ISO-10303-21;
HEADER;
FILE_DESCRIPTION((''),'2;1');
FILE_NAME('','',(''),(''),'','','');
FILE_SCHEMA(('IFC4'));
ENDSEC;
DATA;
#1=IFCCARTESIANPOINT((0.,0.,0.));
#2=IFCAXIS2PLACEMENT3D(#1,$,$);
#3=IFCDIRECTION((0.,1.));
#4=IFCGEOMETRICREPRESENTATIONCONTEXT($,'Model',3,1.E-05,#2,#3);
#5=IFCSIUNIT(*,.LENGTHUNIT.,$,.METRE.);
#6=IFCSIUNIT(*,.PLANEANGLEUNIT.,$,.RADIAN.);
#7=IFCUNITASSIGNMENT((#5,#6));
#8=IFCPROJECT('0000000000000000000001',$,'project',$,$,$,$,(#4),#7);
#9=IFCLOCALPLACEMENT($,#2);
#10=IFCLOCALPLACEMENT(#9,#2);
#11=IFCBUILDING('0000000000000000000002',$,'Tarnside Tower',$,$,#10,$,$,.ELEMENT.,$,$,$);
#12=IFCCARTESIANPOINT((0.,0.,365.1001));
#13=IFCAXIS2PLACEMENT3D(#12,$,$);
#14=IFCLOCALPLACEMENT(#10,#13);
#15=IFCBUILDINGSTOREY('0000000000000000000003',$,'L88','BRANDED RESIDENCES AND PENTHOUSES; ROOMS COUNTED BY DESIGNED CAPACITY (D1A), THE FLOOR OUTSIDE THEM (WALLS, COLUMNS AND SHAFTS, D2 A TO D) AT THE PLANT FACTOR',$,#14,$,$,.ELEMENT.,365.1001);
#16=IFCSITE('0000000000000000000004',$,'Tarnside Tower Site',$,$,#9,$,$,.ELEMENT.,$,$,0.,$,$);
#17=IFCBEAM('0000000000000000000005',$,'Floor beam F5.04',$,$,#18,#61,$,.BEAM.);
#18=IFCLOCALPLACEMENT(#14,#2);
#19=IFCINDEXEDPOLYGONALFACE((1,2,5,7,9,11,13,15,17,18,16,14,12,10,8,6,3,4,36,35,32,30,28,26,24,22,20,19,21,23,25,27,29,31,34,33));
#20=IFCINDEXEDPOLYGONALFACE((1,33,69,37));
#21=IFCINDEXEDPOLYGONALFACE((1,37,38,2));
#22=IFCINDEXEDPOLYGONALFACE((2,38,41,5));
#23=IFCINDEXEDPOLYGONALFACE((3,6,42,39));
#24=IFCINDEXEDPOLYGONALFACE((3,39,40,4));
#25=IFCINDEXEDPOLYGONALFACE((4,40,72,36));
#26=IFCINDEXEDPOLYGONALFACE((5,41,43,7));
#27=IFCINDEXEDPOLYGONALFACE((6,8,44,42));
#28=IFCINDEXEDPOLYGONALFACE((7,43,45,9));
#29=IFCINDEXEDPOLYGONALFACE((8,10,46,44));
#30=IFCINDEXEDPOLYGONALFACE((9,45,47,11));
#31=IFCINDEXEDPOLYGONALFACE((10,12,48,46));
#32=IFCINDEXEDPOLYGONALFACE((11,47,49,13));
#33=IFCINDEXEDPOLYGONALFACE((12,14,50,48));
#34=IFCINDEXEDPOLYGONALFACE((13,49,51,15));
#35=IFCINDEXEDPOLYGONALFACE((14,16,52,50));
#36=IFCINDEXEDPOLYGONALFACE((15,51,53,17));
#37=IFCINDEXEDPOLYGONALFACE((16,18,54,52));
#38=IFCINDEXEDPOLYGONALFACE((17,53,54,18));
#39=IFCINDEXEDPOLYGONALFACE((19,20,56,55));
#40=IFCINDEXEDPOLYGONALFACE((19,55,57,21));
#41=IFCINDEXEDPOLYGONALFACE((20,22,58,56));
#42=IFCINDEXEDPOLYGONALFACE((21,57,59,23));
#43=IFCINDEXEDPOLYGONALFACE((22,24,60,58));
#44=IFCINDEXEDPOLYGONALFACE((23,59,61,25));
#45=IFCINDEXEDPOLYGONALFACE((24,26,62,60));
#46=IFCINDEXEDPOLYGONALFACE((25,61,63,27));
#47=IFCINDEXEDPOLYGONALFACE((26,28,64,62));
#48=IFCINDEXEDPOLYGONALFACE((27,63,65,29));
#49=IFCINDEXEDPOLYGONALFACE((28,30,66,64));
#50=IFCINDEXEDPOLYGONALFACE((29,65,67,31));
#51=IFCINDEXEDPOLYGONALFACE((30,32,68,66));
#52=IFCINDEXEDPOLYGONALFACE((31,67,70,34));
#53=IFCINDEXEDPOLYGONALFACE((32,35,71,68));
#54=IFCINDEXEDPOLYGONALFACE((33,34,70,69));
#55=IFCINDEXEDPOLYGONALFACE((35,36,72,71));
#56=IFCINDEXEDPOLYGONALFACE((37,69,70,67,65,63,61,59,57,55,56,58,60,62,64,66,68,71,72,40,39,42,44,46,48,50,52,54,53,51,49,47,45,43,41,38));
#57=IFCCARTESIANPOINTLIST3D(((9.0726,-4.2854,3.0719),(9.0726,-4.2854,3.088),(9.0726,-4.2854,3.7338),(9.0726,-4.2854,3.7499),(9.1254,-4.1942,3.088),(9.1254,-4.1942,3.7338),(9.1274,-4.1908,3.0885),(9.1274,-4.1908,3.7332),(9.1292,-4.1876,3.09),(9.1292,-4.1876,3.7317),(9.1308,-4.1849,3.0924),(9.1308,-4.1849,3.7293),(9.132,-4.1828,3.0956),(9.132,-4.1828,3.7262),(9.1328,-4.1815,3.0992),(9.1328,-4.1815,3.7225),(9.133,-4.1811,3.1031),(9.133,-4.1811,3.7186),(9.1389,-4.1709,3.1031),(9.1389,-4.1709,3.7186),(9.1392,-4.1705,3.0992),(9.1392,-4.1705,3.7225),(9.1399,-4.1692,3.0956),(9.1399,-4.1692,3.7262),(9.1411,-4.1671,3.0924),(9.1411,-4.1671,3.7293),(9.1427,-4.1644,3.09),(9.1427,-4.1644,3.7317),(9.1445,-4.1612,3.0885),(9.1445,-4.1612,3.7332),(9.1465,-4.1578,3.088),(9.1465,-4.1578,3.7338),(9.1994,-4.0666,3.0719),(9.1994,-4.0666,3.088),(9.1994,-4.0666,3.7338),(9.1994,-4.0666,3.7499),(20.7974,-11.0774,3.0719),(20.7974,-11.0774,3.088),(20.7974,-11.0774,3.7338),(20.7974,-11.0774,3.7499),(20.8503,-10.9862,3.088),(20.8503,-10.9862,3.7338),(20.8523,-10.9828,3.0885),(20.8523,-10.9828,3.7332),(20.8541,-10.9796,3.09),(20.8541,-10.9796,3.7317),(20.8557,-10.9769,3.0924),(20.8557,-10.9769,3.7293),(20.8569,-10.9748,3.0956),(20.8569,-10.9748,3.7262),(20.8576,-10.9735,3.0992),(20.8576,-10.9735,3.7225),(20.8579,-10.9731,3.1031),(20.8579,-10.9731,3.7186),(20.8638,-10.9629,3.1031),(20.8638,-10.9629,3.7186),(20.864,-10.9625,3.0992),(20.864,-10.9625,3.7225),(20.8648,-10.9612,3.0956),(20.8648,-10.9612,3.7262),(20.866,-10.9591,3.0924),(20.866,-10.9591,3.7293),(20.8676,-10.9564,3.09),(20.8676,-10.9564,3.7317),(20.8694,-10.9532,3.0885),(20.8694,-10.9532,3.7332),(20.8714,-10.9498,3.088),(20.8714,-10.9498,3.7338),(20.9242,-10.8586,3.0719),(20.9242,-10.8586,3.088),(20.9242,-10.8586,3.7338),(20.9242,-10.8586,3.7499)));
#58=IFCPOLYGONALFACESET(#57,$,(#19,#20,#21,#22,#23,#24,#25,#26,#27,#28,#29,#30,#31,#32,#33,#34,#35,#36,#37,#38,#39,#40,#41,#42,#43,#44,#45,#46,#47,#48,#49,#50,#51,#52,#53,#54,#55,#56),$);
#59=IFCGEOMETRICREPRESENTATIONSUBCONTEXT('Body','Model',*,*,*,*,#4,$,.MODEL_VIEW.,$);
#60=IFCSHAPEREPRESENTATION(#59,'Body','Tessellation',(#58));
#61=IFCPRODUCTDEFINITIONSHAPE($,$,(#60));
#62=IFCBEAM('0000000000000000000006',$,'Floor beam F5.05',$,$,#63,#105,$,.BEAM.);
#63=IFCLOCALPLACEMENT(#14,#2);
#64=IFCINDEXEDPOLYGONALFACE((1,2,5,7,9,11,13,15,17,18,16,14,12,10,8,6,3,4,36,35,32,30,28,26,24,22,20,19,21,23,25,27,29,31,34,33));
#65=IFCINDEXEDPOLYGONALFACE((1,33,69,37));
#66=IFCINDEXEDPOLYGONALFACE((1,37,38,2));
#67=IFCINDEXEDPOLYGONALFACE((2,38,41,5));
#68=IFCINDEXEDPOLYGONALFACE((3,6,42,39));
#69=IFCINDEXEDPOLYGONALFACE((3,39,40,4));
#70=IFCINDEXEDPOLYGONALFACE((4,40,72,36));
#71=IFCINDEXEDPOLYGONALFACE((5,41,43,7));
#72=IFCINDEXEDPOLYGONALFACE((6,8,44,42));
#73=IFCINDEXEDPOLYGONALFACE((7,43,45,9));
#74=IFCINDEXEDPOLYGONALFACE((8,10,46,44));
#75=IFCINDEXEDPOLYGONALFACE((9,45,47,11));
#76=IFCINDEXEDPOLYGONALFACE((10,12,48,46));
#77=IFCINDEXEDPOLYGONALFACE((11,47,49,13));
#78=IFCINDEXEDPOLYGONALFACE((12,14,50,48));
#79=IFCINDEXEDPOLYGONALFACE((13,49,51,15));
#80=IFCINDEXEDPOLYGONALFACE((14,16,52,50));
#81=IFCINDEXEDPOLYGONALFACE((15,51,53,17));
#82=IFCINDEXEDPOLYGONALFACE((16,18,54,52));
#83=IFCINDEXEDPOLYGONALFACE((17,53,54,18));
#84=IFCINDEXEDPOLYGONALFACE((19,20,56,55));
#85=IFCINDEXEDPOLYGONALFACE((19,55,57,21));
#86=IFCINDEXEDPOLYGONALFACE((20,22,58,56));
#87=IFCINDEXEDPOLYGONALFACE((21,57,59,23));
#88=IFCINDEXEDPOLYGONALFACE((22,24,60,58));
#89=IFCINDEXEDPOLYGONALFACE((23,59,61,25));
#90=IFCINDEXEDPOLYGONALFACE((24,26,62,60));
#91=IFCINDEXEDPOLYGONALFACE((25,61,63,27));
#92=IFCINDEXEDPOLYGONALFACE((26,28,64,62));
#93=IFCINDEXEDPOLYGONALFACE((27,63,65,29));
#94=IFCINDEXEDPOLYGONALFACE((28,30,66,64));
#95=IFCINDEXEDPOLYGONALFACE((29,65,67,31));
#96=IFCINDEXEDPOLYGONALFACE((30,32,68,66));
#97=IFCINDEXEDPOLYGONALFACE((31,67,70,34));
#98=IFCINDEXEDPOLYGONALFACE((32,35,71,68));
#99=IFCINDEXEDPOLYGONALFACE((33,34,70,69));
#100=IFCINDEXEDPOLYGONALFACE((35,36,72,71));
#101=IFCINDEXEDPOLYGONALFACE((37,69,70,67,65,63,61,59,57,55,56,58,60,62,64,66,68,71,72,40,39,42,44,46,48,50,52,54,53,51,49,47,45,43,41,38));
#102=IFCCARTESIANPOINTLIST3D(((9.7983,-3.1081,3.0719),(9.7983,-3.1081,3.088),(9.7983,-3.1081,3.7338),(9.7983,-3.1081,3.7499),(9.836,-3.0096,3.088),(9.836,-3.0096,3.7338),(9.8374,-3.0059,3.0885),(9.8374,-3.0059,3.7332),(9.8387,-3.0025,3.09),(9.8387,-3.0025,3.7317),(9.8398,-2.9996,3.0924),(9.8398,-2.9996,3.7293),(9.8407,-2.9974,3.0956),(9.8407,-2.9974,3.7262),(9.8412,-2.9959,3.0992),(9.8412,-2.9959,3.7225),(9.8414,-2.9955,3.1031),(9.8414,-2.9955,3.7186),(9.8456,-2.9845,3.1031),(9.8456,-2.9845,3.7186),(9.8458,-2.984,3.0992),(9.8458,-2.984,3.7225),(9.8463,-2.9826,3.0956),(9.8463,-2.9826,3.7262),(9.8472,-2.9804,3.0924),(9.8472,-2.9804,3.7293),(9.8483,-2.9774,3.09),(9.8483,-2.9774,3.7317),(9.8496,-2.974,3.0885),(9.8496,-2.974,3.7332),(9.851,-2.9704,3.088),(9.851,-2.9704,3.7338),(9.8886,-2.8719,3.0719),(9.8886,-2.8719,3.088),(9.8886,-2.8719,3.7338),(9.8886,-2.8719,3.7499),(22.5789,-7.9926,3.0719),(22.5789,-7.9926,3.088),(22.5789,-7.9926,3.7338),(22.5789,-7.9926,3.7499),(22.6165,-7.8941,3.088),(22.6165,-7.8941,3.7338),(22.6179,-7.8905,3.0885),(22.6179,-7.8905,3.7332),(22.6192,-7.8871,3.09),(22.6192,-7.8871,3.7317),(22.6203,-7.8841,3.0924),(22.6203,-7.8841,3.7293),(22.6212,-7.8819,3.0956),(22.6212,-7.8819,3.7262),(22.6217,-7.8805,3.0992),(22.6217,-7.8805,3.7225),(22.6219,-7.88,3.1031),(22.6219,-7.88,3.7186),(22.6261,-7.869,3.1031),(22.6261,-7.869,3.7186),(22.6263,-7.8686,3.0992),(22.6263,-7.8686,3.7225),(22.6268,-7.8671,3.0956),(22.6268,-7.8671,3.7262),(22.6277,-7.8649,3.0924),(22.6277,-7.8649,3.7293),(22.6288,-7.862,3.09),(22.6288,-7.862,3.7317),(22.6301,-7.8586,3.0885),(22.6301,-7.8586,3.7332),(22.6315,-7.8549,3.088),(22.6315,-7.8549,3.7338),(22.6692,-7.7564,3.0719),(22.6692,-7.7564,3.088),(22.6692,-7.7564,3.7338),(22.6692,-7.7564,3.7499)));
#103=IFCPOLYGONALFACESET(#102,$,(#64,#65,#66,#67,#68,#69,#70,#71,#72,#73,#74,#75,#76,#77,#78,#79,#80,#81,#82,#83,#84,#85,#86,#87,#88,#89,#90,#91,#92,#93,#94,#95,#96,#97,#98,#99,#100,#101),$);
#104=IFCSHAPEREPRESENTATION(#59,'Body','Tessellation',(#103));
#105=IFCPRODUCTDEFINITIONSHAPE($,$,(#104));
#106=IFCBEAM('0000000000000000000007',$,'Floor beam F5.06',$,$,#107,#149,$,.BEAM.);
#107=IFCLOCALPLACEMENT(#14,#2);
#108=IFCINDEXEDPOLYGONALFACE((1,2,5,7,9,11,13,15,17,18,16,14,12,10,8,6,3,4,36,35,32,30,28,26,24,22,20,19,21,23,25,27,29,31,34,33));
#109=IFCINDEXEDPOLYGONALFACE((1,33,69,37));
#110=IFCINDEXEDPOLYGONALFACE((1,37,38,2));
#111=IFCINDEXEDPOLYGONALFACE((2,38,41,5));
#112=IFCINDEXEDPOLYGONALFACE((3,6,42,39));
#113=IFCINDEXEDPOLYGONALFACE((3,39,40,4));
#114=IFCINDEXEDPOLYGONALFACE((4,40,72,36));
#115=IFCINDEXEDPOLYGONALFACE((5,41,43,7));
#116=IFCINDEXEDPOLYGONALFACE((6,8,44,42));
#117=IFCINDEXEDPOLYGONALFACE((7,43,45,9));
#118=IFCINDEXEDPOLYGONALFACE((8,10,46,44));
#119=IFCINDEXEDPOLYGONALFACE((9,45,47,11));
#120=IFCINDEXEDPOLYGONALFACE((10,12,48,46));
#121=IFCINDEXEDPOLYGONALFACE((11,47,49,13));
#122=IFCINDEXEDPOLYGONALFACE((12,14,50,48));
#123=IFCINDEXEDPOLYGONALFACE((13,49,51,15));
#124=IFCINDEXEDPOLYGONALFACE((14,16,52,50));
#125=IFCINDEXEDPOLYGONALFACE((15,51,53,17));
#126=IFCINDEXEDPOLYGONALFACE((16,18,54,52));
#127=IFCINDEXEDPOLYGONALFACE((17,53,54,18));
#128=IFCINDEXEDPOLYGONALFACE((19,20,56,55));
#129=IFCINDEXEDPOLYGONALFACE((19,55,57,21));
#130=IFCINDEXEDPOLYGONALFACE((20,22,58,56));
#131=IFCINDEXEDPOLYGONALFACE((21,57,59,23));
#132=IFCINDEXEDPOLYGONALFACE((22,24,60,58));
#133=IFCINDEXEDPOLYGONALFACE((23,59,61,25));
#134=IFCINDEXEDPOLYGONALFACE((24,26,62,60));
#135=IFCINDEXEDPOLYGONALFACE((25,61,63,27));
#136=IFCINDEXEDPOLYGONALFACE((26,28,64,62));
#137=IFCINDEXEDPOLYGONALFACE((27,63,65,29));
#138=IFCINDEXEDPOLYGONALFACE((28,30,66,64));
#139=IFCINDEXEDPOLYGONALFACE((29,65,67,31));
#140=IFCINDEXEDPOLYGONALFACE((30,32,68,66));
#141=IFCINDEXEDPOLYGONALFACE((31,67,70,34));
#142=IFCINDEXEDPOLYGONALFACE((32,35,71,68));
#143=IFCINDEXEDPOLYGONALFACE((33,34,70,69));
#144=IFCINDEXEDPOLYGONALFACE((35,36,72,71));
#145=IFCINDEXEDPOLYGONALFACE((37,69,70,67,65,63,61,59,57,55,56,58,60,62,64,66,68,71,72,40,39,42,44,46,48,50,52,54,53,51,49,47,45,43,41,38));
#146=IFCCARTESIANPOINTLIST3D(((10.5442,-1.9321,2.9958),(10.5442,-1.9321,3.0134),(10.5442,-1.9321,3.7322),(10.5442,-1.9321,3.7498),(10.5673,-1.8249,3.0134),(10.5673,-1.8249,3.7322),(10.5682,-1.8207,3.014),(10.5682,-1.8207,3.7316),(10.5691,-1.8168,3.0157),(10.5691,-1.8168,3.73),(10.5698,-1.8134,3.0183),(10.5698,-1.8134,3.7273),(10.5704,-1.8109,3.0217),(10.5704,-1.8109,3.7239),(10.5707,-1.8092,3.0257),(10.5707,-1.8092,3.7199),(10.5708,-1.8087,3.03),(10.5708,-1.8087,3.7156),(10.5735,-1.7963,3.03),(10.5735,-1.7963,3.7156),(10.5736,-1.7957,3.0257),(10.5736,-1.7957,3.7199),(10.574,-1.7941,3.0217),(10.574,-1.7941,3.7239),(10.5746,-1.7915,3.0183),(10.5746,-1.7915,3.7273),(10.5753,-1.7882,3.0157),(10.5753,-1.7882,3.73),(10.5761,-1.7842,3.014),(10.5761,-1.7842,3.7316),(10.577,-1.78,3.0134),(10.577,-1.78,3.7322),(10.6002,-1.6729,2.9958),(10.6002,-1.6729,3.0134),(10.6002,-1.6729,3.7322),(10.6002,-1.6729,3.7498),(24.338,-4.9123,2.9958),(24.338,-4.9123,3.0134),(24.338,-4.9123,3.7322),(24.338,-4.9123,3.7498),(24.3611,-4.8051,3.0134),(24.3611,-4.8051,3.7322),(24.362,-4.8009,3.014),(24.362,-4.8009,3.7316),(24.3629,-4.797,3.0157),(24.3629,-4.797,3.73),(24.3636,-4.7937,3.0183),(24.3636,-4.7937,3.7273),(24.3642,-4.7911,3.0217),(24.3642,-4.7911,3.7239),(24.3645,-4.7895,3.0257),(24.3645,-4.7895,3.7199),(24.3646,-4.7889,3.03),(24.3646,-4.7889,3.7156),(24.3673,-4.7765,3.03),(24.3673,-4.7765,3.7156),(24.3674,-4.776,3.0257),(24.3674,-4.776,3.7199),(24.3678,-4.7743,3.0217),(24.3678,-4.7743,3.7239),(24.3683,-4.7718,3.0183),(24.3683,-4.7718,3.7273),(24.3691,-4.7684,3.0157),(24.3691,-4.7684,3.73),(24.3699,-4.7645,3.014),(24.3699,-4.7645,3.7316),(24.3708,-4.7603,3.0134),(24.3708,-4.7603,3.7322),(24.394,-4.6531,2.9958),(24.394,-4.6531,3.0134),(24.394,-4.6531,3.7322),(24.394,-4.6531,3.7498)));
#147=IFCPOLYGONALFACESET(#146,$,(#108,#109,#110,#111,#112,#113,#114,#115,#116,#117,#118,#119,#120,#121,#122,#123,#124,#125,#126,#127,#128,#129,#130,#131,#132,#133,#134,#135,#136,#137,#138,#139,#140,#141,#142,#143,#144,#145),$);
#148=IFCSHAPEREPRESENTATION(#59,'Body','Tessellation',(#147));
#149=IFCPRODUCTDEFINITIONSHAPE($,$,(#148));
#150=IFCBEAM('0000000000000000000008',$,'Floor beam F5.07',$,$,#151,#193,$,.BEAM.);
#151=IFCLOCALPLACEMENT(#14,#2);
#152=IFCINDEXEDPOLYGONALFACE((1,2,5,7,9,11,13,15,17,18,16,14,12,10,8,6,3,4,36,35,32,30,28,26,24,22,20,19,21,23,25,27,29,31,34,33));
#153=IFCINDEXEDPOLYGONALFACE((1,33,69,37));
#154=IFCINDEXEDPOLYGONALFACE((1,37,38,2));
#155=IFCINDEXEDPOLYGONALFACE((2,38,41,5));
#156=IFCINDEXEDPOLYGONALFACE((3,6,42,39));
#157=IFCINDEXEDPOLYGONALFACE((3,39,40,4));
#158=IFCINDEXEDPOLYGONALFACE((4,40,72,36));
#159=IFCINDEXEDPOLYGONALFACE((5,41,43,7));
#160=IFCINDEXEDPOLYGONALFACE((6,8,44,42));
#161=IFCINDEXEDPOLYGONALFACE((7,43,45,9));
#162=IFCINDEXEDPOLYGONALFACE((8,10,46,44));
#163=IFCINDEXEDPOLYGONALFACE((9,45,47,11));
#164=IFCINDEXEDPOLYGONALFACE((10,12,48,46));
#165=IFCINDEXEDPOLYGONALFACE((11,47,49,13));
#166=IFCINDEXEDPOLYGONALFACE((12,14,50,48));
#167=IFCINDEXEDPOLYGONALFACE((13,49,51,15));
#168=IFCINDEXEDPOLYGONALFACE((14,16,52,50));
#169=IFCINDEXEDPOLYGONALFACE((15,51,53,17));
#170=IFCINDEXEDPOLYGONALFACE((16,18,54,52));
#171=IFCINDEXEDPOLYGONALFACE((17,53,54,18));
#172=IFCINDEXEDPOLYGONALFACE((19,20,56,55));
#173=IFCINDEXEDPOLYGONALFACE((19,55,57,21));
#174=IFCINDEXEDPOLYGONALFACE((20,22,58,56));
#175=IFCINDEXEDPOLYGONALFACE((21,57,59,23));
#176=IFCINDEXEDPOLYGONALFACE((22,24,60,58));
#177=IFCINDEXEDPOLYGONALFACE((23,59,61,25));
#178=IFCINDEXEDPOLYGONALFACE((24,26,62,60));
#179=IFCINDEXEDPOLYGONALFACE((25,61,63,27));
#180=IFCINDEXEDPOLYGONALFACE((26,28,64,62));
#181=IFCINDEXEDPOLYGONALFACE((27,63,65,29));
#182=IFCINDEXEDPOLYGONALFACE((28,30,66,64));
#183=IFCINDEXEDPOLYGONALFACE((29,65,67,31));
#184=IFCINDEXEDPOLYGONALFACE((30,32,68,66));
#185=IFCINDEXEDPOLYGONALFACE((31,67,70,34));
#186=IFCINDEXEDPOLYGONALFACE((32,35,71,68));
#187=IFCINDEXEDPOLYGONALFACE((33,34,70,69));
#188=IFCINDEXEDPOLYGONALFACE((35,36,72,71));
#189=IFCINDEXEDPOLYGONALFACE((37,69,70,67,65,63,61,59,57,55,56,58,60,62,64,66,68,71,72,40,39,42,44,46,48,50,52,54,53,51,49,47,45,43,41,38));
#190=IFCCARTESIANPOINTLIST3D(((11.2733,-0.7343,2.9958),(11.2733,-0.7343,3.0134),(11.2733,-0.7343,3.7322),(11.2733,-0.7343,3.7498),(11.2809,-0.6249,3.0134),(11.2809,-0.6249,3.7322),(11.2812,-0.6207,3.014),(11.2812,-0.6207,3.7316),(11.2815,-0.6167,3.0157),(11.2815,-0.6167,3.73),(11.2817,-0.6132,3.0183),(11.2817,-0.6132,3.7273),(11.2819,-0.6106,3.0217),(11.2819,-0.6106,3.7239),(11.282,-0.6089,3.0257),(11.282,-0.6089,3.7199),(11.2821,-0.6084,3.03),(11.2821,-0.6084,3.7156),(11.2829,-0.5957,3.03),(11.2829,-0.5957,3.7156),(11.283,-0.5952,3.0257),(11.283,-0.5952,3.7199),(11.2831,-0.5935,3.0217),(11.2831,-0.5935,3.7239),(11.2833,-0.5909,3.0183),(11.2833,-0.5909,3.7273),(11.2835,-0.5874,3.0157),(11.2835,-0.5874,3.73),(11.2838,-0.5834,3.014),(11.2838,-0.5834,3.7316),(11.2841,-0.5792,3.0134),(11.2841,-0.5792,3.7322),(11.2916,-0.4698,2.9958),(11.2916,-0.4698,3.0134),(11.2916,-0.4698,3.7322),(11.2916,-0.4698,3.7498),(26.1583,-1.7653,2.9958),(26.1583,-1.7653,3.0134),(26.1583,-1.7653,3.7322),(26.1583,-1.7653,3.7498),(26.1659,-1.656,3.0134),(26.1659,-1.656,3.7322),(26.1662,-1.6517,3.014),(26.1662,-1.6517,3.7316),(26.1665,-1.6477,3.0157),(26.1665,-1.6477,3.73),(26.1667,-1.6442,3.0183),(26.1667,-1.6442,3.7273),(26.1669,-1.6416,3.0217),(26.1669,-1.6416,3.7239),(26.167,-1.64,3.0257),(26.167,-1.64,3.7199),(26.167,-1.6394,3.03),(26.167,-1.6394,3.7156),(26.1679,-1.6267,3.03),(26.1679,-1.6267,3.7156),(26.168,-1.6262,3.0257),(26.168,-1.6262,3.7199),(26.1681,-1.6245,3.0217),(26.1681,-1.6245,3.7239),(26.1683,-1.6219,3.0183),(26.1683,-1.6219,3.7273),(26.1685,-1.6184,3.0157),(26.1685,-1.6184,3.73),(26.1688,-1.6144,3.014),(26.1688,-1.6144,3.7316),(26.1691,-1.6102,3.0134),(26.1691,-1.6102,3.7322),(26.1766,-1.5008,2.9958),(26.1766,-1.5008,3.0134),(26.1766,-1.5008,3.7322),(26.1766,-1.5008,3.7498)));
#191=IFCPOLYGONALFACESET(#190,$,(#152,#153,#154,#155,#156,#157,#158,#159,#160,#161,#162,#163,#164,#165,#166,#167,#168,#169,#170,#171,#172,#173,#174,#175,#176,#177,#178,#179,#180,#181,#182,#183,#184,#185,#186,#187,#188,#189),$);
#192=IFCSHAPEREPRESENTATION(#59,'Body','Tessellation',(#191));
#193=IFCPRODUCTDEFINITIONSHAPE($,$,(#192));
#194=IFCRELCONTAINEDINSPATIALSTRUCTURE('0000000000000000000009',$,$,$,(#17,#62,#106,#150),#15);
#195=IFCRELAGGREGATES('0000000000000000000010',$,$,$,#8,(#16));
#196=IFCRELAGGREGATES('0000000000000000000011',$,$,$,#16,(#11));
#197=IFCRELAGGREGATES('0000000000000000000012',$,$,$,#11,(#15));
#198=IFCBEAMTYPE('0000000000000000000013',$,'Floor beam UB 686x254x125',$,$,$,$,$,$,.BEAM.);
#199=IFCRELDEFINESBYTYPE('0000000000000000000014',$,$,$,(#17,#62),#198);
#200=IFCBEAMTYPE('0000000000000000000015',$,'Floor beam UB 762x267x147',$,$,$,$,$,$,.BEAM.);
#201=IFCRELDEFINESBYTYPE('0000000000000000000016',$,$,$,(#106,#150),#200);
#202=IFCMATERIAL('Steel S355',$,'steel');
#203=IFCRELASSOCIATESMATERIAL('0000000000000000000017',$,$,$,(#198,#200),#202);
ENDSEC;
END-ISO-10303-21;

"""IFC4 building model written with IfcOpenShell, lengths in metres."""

from ifc_helpers import new_model, si_unit, direction, frame, origin, origin_2d, place, context, subcontext, project, spatial, i_section, extrude, material, material_profile, profile_set, type_object, element, save


model = new_model("IFC4")

# Units and contexts
model_context = context("Model", 3, precision=1e-05, world=origin(), true_north=direction((0.0, 1.0)))
body_context = subcontext(model_context, "Body", "Model", "MODEL_VIEW")
ifc_project = project(units=[si_unit("LENGTHUNIT", "METRE"), si_unit("PLANEANGLEUNIT", "RADIAN")], contexts=[model_context])

# Site, building, storey
site_placement = place(None, origin())
site = spatial("IfcSite", under=ifc_project, at=site_placement, Name="Tarnside Tower Site", CompositionType="ELEMENT", RefElevation=0.0)
building_placement = place(site_placement, origin())
building = spatial("IfcBuilding", under=site, at=building_placement, Name="Tarnside Tower", CompositionType="ELEMENT")
storey_placement = place(building_placement, frame((0.0, 0.0, 365.1001)))
storey = spatial("IfcBuildingStorey", under=building, at=storey_placement, Name="L88", Description="BRANDED RESIDENCES AND PENTHOUSES; ROOMS COUNTED BY DESIGNED CAPACITY (D1A), THE FLOOR OUTSIDE THEM (WALLS, COLUMNS AND SHAFTS, D2 A TO D) AT THE PLANT FACTOR", CompositionType="ELEMENT", Elevation=365.1001)

# Beams
ifc_material_1 = material(Name="Steel S355", Category="steel")
ifc_material_profile_1 = material_profile(ifc_material_1, i_section(OverallWidth=0.2529, OverallDepth=0.678, WebThickness=0.0117, FlangeThickness=0.0161, FilletRadius=0.0151, at=origin_2d()), Name="UB 686x254x125")
ifc_profile_set_1 = profile_set([ifc_material_profile_1], Name="Steel S355")
beam_type_1 = type_object("IfcBeamType", Name="Floor beam UB 686x254x125", PredefinedType="BEAM", material=ifc_profile_set_1)
beam_1_placement = place(storey_placement, frame((20.8608, -10.968, 3.4109), z_axis=(-0.865301, 0.501253, 0.0), x_axis=(-0.501253, -0.865301, 0.0)))
element("IfcBeam", 1, at=beam_1_placement, inside=storey, type_object=beam_type_1, Name="Floor beam F5.04", PredefinedType="BEAM", context=body_context, shape_type="SweptSolid", body=[
    extrude(i_section(OverallWidth=0.2529, OverallDepth=0.678, WebThickness=0.0117, FlangeThickness=0.0161, FilletRadius=0.0151, at=origin_2d()), origin(), (0.0, 0.0, 1.0), 13.55),
])
beam_2_placement = place(storey_placement, frame((22.624, -7.8745, 3.4109), z_axis=(-0.934104, 0.357001, 0.0), x_axis=(-0.357001, -0.934104, 0.0)))
element("IfcBeam", 2, at=beam_2_placement, inside=storey, type_object=beam_type_1, Name="Floor beam F5.05", PredefinedType="BEAM", context=body_context, shape_type="SweptSolid", body=[
    extrude(i_section(OverallWidth=0.2529, OverallDepth=0.678, WebThickness=0.0117, FlangeThickness=0.0161, FilletRadius=0.0151, at=origin_2d()), origin(), (0.0, 0.0, 1.0), 13.6821),
])
ifc_material_profile_2 = material_profile(ifc_material_1, i_section(OverallWidth=0.2651, OverallDepth=0.7539, WebThickness=0.0127, FlangeThickness=0.0176, FilletRadius=0.0166, at=origin_2d()), Name="UB 762x267x147")
ifc_profile_set_2 = profile_set([ifc_material_profile_2], Name="Steel S355")
beam_type_2 = type_object("IfcBeamType", Name="Floor beam UB 762x267x147", PredefinedType="BEAM", material=ifc_profile_set_2)
beam_3_placement = place(storey_placement, frame((24.366, -4.7827, 3.3728), z_axis=(-0.977446, 0.211184, 0.0), x_axis=(-0.211184, -0.977446, 0.0)))
element("IfcBeam", 3, at=beam_3_placement, inside=storey, type_object=beam_type_2, Name="Floor beam F5.06", PredefinedType="BEAM", context=body_context, shape_type="SweptSolid", body=[
    extrude(i_section(OverallWidth=0.2651, OverallDepth=0.7539, WebThickness=0.0127, FlangeThickness=0.0176, FilletRadius=0.0166, at=origin_2d()), origin(), (0.0, 0.0, 1.0), 14.1121),
])
beam_4_placement = place(storey_placement, frame((26.1675, -1.6331, 3.3728), z_axis=(-0.99761, 0.069099, 0.0), x_axis=(-0.069099, -0.99761, 0.0)))
element("IfcBeam", 4, at=beam_4_placement, inside=storey, type_object=beam_type_2, Name="Floor beam F5.07", PredefinedType="BEAM", context=body_context, shape_type="SweptSolid", body=[
    extrude(i_section(OverallWidth=0.2651, OverallDepth=0.7539, WebThickness=0.0127, FlangeThickness=0.0176, FilletRadius=0.0166, at=origin_2d()), origin(), (0.0, 0.0, 1.0), 14.9207),
])

save(model, "model.ifc")
